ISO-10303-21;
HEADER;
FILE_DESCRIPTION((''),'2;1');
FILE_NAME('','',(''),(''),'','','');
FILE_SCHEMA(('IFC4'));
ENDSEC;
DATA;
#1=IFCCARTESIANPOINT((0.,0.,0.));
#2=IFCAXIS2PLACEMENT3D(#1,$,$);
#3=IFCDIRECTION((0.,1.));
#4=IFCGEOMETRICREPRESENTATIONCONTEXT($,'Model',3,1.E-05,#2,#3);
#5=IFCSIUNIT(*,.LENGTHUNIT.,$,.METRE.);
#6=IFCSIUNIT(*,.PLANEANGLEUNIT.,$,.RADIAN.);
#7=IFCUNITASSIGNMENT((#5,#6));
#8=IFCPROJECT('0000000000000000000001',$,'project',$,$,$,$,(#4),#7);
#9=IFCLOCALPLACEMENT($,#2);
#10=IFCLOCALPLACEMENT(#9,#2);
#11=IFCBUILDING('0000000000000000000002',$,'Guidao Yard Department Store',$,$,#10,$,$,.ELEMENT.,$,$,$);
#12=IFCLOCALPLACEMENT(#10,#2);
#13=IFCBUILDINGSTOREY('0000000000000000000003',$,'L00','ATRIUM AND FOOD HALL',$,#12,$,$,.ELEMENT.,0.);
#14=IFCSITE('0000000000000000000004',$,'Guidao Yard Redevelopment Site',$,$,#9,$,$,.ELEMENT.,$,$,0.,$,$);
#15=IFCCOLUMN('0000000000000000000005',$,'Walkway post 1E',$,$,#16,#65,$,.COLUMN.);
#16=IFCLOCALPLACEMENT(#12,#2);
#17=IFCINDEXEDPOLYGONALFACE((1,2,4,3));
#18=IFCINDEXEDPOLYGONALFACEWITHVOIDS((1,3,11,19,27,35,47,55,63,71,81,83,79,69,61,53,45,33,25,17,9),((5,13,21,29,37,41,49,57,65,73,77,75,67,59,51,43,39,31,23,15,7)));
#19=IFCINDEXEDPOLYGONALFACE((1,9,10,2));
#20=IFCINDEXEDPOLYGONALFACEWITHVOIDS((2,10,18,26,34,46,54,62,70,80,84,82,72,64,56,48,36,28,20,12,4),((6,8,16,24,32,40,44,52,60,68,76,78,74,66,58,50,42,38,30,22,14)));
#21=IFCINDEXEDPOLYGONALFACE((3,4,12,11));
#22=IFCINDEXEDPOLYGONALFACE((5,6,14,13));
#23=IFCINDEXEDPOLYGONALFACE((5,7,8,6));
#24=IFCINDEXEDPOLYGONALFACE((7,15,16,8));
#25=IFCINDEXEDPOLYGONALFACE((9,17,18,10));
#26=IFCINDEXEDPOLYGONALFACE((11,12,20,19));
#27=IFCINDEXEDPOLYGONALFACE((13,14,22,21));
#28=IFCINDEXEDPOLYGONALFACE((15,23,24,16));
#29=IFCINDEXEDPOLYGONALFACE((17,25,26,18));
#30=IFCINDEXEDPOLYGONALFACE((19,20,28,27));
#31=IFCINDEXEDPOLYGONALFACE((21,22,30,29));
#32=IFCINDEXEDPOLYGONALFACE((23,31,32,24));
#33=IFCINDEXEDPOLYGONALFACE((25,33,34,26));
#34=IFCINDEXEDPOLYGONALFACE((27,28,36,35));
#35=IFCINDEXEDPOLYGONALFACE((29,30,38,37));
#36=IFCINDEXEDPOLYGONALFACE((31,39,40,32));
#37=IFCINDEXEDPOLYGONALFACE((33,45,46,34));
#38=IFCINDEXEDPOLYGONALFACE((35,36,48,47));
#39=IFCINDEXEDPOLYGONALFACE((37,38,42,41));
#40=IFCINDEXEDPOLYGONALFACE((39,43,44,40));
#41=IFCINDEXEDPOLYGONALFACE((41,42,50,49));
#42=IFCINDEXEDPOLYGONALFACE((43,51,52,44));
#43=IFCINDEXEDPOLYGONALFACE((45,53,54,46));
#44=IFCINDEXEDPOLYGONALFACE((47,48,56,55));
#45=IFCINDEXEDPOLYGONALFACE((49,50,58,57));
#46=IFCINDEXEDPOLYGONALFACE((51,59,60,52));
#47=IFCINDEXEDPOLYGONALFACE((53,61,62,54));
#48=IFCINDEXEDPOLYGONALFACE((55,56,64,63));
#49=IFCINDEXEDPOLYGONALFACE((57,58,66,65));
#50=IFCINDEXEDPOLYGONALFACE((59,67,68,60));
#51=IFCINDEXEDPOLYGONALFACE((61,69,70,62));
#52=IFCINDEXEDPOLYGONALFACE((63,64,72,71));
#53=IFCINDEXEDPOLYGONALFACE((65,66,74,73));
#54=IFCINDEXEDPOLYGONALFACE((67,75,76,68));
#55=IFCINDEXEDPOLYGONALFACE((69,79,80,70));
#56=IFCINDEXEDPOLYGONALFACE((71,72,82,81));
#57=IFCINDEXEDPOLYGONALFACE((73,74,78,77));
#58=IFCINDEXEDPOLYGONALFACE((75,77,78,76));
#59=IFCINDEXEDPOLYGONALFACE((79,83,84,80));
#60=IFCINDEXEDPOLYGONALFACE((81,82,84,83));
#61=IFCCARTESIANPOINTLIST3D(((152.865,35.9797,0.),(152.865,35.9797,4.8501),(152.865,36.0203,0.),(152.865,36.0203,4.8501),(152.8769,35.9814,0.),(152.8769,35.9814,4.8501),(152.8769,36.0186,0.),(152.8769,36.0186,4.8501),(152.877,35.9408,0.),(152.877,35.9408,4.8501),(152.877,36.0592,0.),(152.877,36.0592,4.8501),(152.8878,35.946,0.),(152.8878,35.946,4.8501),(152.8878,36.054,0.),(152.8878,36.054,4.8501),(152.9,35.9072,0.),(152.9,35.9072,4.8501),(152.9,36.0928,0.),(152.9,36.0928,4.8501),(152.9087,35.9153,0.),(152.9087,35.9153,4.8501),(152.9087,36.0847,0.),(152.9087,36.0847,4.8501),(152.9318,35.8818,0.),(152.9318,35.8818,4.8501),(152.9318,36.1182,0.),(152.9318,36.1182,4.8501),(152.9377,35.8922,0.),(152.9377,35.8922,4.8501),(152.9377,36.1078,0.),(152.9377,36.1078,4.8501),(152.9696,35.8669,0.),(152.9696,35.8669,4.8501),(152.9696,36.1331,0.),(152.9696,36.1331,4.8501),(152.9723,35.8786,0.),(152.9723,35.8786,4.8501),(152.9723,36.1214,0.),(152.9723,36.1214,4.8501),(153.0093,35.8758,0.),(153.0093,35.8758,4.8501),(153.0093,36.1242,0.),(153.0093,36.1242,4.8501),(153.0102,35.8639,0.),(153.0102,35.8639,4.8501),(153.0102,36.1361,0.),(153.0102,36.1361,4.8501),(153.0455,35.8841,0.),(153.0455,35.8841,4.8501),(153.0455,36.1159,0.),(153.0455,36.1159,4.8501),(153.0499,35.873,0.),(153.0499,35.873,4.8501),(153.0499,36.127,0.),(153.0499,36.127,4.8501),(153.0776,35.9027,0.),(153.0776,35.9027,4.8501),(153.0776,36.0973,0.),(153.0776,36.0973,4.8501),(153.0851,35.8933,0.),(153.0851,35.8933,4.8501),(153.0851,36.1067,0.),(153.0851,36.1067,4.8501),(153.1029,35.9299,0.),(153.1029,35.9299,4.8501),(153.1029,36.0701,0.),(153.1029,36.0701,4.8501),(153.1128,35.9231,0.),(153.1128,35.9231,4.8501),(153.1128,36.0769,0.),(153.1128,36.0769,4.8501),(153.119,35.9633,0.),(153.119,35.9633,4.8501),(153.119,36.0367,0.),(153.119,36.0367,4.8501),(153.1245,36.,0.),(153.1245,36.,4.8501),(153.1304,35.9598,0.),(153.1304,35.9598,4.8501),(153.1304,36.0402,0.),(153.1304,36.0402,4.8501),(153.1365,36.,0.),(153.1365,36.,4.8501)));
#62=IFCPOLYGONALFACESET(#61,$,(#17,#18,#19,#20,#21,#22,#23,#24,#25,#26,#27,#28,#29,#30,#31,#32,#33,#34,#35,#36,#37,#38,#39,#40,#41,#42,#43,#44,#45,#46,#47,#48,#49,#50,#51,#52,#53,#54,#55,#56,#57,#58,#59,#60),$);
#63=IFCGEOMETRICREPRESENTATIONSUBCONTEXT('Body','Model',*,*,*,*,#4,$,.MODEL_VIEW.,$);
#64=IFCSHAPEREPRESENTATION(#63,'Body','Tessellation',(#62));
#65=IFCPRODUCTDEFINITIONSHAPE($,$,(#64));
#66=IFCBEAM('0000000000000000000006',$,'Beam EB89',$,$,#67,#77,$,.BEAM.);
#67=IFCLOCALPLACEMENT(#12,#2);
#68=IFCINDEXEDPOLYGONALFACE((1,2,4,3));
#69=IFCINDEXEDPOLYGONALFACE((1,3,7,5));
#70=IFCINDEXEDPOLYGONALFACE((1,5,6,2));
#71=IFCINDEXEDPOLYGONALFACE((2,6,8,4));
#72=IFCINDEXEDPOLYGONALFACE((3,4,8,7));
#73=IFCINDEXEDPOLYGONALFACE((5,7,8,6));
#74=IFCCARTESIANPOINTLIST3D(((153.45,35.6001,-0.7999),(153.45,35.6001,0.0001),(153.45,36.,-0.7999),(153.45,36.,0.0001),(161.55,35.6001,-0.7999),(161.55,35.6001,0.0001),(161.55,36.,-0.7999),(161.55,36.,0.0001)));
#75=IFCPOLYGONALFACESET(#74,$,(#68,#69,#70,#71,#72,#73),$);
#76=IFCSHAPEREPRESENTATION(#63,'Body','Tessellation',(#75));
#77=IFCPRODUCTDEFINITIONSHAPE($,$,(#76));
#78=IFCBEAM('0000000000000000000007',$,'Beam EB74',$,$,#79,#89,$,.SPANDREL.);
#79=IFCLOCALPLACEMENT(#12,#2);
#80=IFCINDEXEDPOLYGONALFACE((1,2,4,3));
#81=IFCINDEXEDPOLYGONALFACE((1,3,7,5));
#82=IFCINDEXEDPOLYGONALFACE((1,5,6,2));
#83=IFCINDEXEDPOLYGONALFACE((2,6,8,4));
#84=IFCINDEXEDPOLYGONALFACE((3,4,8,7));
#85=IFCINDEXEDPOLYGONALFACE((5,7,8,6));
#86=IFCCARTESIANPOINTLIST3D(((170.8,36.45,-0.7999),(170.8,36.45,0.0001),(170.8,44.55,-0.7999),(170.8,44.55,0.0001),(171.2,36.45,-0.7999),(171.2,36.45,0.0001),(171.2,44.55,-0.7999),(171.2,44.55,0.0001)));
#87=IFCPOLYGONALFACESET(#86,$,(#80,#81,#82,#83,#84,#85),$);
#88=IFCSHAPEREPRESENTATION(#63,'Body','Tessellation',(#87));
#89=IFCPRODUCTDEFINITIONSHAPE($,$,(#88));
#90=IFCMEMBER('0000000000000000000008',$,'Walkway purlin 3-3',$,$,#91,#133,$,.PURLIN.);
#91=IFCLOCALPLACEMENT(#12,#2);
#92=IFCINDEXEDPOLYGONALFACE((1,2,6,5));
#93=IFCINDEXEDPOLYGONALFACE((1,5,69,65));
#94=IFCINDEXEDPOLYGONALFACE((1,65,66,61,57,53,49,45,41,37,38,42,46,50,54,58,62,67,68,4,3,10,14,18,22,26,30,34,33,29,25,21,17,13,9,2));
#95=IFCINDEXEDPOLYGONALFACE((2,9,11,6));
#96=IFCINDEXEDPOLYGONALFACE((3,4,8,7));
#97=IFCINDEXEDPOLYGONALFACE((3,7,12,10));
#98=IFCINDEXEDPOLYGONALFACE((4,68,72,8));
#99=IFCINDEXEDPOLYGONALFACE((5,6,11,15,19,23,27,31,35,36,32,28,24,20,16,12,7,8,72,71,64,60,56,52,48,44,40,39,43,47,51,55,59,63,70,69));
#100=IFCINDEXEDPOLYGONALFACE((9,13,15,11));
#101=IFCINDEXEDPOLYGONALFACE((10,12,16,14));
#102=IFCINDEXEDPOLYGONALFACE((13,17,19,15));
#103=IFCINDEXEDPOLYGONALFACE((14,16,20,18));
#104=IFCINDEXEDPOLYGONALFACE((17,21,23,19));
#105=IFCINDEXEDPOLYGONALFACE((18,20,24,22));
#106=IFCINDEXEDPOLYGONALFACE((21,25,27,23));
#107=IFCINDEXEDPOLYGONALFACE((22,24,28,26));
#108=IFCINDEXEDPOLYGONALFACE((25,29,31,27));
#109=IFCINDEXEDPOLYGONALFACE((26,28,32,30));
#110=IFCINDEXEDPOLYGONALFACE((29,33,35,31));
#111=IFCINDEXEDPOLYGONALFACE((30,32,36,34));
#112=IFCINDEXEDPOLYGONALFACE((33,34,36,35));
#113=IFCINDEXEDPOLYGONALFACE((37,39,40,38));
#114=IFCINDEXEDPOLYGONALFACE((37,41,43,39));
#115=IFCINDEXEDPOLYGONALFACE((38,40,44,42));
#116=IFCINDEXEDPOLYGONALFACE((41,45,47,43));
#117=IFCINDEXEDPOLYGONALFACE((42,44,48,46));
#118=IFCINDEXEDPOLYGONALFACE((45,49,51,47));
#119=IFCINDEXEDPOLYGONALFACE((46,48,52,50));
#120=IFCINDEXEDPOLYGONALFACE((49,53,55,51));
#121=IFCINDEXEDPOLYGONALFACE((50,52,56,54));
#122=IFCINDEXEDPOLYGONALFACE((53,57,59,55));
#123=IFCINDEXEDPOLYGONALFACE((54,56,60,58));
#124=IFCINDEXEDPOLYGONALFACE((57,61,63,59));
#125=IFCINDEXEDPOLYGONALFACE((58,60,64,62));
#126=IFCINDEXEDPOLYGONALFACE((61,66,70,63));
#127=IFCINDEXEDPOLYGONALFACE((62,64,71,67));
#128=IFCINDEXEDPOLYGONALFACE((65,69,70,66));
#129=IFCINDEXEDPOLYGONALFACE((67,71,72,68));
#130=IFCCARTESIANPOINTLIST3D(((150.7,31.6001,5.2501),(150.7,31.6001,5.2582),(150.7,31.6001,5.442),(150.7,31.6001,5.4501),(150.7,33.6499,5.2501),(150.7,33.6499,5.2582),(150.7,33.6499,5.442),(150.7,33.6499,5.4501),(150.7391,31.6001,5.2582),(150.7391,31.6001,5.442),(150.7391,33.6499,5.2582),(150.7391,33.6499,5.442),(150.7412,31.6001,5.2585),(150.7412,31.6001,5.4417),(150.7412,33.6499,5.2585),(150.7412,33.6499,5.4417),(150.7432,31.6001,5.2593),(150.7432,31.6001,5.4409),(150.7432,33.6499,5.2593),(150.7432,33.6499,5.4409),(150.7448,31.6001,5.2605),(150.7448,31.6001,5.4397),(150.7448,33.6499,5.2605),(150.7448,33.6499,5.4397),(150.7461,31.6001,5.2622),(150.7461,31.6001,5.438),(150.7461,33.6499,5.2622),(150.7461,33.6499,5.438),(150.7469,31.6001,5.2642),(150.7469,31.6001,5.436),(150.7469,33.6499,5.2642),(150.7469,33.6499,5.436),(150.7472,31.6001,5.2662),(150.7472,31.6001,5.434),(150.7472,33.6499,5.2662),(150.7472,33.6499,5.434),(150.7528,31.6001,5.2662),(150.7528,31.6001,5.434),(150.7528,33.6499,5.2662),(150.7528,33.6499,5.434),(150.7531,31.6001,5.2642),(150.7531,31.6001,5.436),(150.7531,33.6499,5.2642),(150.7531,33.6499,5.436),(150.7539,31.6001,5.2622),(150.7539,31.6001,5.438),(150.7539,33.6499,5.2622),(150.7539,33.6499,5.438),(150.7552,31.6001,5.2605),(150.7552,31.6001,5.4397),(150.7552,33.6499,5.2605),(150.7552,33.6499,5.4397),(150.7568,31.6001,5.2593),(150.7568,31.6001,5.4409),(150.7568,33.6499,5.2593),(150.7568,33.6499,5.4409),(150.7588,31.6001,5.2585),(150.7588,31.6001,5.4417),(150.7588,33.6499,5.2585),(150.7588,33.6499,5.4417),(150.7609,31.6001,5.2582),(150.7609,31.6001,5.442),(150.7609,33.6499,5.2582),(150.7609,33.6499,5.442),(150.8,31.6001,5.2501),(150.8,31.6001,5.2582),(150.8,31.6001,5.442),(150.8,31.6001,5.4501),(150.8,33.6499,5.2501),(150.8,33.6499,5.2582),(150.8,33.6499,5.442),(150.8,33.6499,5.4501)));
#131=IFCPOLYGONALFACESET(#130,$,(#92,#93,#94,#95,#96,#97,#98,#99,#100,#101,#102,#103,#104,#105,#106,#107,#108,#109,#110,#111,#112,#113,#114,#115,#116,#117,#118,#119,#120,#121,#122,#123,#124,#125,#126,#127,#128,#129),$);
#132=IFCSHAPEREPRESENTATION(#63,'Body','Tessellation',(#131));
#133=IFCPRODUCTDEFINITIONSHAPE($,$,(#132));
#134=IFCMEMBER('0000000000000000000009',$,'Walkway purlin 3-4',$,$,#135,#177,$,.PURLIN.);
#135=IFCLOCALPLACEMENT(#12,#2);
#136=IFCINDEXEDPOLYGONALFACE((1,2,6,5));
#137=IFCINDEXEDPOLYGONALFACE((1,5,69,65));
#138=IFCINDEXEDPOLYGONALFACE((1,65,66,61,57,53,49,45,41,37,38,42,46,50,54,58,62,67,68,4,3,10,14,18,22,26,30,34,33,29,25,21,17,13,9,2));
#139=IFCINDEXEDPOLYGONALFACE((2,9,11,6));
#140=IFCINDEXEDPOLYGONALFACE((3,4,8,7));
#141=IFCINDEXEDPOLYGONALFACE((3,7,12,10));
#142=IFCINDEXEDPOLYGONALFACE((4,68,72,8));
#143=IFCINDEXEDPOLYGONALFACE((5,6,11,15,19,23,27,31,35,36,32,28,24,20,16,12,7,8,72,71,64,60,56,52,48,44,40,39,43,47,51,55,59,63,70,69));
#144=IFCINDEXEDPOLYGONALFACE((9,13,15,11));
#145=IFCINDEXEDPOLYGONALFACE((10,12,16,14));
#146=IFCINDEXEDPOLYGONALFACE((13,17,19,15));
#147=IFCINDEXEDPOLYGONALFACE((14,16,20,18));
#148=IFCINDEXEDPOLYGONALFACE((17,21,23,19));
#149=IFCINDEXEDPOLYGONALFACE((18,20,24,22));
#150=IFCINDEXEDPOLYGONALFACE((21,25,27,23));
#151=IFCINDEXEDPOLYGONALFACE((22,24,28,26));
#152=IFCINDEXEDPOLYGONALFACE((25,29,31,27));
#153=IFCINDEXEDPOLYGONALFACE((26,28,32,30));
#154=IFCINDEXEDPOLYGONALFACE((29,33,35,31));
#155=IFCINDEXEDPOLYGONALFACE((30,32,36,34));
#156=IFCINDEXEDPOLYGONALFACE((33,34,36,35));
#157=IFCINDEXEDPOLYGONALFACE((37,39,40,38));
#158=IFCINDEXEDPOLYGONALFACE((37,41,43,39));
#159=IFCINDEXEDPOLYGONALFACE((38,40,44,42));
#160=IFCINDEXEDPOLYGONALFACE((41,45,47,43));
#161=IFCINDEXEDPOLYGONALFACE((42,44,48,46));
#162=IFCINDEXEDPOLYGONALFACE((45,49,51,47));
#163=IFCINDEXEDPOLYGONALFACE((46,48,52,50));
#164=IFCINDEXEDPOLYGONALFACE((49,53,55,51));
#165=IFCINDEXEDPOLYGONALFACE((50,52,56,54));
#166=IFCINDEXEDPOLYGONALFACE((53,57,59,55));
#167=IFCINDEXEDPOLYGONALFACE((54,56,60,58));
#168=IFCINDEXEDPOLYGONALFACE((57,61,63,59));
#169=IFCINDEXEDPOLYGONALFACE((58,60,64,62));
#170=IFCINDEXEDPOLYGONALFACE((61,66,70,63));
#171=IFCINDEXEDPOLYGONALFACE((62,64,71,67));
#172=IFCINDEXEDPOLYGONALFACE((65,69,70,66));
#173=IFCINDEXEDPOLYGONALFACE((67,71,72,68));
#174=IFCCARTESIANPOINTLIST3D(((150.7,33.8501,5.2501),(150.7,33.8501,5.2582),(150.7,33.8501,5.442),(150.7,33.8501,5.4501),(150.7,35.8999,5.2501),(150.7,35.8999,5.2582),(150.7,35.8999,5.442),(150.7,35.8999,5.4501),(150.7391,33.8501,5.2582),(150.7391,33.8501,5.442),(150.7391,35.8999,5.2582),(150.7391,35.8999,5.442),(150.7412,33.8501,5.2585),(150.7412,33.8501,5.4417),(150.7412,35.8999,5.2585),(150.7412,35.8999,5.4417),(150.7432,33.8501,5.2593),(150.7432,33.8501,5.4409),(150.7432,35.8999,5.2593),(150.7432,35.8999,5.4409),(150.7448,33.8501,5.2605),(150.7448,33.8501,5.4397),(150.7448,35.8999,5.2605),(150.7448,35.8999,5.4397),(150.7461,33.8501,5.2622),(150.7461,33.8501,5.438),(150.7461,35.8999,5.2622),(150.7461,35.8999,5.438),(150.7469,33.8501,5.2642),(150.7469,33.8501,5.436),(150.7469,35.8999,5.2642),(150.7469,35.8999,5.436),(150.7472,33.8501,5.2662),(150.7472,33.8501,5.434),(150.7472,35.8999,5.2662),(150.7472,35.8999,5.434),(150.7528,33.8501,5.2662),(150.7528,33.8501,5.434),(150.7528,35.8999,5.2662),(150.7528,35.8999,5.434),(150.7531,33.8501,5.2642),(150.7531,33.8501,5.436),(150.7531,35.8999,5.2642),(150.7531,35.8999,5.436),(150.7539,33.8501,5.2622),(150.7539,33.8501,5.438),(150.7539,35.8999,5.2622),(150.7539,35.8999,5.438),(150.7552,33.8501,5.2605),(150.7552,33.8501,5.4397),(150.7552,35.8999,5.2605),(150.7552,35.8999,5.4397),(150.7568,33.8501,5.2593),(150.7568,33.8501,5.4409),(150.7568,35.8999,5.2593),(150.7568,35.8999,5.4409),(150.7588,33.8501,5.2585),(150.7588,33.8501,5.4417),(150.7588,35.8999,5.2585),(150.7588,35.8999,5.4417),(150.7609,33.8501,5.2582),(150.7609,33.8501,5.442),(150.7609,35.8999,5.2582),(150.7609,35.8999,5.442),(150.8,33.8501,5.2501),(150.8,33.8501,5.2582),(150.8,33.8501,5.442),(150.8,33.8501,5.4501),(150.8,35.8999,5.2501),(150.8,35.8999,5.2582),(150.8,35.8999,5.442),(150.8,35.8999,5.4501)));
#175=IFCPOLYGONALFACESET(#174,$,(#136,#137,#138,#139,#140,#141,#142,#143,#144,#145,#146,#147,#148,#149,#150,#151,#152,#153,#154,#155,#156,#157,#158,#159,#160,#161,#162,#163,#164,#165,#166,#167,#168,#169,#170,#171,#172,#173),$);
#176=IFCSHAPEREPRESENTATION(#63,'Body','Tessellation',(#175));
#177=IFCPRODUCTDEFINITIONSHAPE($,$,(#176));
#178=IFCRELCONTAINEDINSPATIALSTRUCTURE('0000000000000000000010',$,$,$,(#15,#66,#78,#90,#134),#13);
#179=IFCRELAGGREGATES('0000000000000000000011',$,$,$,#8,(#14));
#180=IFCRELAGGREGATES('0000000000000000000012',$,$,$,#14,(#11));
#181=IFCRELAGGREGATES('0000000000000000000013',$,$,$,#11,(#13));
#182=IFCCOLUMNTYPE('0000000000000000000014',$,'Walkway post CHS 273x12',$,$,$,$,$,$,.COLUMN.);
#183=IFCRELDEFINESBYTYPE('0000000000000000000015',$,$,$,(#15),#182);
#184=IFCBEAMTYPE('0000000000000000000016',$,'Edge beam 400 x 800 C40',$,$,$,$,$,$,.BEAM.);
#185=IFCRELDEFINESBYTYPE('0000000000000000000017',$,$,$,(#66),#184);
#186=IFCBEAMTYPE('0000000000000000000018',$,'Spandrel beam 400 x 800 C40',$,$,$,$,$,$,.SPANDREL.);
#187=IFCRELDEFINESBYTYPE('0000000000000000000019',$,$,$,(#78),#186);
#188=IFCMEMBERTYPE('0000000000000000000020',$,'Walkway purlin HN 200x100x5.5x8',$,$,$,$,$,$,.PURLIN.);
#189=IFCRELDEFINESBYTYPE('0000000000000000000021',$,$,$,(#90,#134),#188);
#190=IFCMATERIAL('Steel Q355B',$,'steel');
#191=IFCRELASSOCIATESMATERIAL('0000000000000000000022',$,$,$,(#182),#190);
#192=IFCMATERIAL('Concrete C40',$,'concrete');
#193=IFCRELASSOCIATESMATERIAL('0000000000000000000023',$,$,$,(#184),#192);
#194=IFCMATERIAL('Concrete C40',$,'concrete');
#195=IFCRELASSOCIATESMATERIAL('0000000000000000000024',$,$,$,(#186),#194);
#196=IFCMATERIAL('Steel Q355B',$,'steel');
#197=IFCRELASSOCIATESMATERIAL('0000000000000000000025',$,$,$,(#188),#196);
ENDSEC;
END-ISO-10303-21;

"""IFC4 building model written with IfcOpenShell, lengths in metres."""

from ifc_helpers import new_model, si_unit, direction, frame, origin, origin_2d, place, context, subcontext, project, spatial, rectangle, hollow_circle, i_section, extrude, material, material_profile, profile_set, type_object, element, save


model = new_model("IFC4")

# Units and contexts
model_context = context("Model", 3, precision=1e-05, world=origin(), true_north=direction((0.0, 1.0)))
body_context = subcontext(model_context, "Body", "Model", "MODEL_VIEW")
ifc_project = project(units=[si_unit("LENGTHUNIT", "METRE"), si_unit("PLANEANGLEUNIT", "RADIAN")], contexts=[model_context])

# Site, building, storey
site_placement = place(None, origin())
site = spatial("IfcSite", under=ifc_project, at=site_placement, Name="Guidao Yard Redevelopment Site", CompositionType="ELEMENT", RefElevation=0.0)
building_placement = place(site_placement, origin())
building = spatial("IfcBuilding", under=site, at=building_placement, Name="Guidao Yard Department Store", CompositionType="ELEMENT")
storey_placement = place(building_placement, origin())
storey = spatial("IfcBuildingStorey", under=building, at=storey_placement, Name="L00", Description="ATRIUM AND FOOD HALL", CompositionType="ELEMENT", Elevation=0.0)

# Column
ifc_material_1 = material(Name="Steel Q355B", Category="steel")
ifc_material_profile_1 = material_profile(ifc_material_1, hollow_circle(Radius=0.1365, WallThickness=0.012, at=origin_2d()), Name="CHS 273x12")
ifc_profile_set_1 = profile_set([ifc_material_profile_1], Name="Steel Q355B")
column_type = type_object("IfcColumnType", Name="Walkway post CHS 273x12", PredefinedType="COLUMN", material=ifc_profile_set_1)
column_placement = place(storey_placement, frame((153.0, 36.0, 0.0), z_axis=(0.0, 0.0, 1.0), x_axis=(1.0, 0.0, 0.0)))
element("IfcColumn", 1, at=column_placement, inside=storey, type_object=column_type, Name="Walkway post 1E", PredefinedType="COLUMN", context=body_context, shape_type="SweptSolid", body=[
    extrude(hollow_circle(Radius=0.1365, WallThickness=0.012, at=origin_2d()), origin(), (0.0, 0.0, 1.0), 4.8501),
])

# Beams
ifc_material_2 = material(Name="Concrete C40", Category="concrete")
ifc_material_profile_2 = material_profile(ifc_material_2, rectangle(XDim=0.3999, YDim=0.8, at=origin_2d()), Name="Edge beam 400 x 800 C40")
ifc_profile_set_2 = profile_set([ifc_material_profile_2], Name="Concrete C40")
beam_type_1 = type_object("IfcBeamType", Name="Edge beam 400 x 800 C40", PredefinedType="BEAM", material=ifc_profile_set_2)
beam_1_placement = place(storey_placement, frame((153.45, 35.8, -0.3999), z_axis=(1.0, 0.0, 0.0), x_axis=(0.0, 1.0, 0.0)))
element("IfcBeam", 2, at=beam_1_placement, inside=storey, type_object=beam_type_1, Name="Beam EB89", PredefinedType="BEAM", context=body_context, shape_type="SweptSolid", body=[
    extrude(rectangle(XDim=0.3999, YDim=0.8, at=origin_2d()), origin(), (0.0, 0.0, 1.0), 8.1001),
])
ifc_material_3 = material(Name="Concrete C40", Category="concrete")
ifc_material_profile_3 = material_profile(ifc_material_3, rectangle(XDim=0.3999, YDim=0.8, at=origin_2d()), Name="Spandrel beam 400 x 800 C40")
ifc_profile_set_3 = profile_set([ifc_material_profile_3], Name="Concrete C40")
beam_type_2 = type_object("IfcBeamType", Name="Spandrel beam 400 x 800 C40", PredefinedType="SPANDREL", material=ifc_profile_set_3)
beam_2_placement = place(storey_placement, frame((171.0, 36.45, -0.3999), z_axis=(0.0, 1.0, 0.0), x_axis=(-1.0, 0.0, 0.0)))
element("IfcBeam", 3, at=beam_2_placement, inside=storey, type_object=beam_type_2, Name="Beam EB74", PredefinedType="SPANDREL", context=body_context, shape_type="SweptSolid", body=[
    extrude(rectangle(XDim=0.3999, YDim=0.8, at=origin_2d()), origin(), (0.0, 0.0, 1.0), 8.1001),
])

# Members
ifc_material_4 = material(Name="Steel Q355B", Category="steel")
ifc_material_profile_4 = material_profile(ifc_material_4, i_section(OverallWidth=0.1001, OverallDepth=0.2, WebThickness=0.0056, FlangeThickness=0.0081, FilletRadius=0.0081, at=origin_2d()), Name="HN 200x100x5.5x8")
ifc_profile_set_4 = profile_set([ifc_material_profile_4], Name="Steel Q355B")
member_type = type_object("IfcMemberType", Name="Walkway purlin HN 200x100x5.5x8", PredefinedType="PURLIN", material=ifc_profile_set_4)
for number, where, z_axis, x_axis, name in (
    (4, (150.75, 31.6001, 5.3501), (0.0, 1.0, 0.0), (-1.0, 0.0, 0.0), "Walkway purlin 3-3"),
    (5, (150.75, 33.8501, 5.3501), (0.0, 1.0, 0.0), (-1.0, 0.0, 0.0), "Walkway purlin 3-4"),
):
    element("IfcMember", number, at=place(storey_placement, frame(where, z_axis=z_axis, x_axis=x_axis)), inside=storey, type_object=member_type, Name=name, PredefinedType="PURLIN", context=body_context, shape_type="SweptSolid", body=[
        extrude(i_section(OverallWidth=0.1001, OverallDepth=0.2, WebThickness=0.0056, FlangeThickness=0.0081, FilletRadius=0.0081, at=origin_2d()), origin(), (0.0, 0.0, 1.0), 2.0498),
    ])

save(model, "model.ifc")
